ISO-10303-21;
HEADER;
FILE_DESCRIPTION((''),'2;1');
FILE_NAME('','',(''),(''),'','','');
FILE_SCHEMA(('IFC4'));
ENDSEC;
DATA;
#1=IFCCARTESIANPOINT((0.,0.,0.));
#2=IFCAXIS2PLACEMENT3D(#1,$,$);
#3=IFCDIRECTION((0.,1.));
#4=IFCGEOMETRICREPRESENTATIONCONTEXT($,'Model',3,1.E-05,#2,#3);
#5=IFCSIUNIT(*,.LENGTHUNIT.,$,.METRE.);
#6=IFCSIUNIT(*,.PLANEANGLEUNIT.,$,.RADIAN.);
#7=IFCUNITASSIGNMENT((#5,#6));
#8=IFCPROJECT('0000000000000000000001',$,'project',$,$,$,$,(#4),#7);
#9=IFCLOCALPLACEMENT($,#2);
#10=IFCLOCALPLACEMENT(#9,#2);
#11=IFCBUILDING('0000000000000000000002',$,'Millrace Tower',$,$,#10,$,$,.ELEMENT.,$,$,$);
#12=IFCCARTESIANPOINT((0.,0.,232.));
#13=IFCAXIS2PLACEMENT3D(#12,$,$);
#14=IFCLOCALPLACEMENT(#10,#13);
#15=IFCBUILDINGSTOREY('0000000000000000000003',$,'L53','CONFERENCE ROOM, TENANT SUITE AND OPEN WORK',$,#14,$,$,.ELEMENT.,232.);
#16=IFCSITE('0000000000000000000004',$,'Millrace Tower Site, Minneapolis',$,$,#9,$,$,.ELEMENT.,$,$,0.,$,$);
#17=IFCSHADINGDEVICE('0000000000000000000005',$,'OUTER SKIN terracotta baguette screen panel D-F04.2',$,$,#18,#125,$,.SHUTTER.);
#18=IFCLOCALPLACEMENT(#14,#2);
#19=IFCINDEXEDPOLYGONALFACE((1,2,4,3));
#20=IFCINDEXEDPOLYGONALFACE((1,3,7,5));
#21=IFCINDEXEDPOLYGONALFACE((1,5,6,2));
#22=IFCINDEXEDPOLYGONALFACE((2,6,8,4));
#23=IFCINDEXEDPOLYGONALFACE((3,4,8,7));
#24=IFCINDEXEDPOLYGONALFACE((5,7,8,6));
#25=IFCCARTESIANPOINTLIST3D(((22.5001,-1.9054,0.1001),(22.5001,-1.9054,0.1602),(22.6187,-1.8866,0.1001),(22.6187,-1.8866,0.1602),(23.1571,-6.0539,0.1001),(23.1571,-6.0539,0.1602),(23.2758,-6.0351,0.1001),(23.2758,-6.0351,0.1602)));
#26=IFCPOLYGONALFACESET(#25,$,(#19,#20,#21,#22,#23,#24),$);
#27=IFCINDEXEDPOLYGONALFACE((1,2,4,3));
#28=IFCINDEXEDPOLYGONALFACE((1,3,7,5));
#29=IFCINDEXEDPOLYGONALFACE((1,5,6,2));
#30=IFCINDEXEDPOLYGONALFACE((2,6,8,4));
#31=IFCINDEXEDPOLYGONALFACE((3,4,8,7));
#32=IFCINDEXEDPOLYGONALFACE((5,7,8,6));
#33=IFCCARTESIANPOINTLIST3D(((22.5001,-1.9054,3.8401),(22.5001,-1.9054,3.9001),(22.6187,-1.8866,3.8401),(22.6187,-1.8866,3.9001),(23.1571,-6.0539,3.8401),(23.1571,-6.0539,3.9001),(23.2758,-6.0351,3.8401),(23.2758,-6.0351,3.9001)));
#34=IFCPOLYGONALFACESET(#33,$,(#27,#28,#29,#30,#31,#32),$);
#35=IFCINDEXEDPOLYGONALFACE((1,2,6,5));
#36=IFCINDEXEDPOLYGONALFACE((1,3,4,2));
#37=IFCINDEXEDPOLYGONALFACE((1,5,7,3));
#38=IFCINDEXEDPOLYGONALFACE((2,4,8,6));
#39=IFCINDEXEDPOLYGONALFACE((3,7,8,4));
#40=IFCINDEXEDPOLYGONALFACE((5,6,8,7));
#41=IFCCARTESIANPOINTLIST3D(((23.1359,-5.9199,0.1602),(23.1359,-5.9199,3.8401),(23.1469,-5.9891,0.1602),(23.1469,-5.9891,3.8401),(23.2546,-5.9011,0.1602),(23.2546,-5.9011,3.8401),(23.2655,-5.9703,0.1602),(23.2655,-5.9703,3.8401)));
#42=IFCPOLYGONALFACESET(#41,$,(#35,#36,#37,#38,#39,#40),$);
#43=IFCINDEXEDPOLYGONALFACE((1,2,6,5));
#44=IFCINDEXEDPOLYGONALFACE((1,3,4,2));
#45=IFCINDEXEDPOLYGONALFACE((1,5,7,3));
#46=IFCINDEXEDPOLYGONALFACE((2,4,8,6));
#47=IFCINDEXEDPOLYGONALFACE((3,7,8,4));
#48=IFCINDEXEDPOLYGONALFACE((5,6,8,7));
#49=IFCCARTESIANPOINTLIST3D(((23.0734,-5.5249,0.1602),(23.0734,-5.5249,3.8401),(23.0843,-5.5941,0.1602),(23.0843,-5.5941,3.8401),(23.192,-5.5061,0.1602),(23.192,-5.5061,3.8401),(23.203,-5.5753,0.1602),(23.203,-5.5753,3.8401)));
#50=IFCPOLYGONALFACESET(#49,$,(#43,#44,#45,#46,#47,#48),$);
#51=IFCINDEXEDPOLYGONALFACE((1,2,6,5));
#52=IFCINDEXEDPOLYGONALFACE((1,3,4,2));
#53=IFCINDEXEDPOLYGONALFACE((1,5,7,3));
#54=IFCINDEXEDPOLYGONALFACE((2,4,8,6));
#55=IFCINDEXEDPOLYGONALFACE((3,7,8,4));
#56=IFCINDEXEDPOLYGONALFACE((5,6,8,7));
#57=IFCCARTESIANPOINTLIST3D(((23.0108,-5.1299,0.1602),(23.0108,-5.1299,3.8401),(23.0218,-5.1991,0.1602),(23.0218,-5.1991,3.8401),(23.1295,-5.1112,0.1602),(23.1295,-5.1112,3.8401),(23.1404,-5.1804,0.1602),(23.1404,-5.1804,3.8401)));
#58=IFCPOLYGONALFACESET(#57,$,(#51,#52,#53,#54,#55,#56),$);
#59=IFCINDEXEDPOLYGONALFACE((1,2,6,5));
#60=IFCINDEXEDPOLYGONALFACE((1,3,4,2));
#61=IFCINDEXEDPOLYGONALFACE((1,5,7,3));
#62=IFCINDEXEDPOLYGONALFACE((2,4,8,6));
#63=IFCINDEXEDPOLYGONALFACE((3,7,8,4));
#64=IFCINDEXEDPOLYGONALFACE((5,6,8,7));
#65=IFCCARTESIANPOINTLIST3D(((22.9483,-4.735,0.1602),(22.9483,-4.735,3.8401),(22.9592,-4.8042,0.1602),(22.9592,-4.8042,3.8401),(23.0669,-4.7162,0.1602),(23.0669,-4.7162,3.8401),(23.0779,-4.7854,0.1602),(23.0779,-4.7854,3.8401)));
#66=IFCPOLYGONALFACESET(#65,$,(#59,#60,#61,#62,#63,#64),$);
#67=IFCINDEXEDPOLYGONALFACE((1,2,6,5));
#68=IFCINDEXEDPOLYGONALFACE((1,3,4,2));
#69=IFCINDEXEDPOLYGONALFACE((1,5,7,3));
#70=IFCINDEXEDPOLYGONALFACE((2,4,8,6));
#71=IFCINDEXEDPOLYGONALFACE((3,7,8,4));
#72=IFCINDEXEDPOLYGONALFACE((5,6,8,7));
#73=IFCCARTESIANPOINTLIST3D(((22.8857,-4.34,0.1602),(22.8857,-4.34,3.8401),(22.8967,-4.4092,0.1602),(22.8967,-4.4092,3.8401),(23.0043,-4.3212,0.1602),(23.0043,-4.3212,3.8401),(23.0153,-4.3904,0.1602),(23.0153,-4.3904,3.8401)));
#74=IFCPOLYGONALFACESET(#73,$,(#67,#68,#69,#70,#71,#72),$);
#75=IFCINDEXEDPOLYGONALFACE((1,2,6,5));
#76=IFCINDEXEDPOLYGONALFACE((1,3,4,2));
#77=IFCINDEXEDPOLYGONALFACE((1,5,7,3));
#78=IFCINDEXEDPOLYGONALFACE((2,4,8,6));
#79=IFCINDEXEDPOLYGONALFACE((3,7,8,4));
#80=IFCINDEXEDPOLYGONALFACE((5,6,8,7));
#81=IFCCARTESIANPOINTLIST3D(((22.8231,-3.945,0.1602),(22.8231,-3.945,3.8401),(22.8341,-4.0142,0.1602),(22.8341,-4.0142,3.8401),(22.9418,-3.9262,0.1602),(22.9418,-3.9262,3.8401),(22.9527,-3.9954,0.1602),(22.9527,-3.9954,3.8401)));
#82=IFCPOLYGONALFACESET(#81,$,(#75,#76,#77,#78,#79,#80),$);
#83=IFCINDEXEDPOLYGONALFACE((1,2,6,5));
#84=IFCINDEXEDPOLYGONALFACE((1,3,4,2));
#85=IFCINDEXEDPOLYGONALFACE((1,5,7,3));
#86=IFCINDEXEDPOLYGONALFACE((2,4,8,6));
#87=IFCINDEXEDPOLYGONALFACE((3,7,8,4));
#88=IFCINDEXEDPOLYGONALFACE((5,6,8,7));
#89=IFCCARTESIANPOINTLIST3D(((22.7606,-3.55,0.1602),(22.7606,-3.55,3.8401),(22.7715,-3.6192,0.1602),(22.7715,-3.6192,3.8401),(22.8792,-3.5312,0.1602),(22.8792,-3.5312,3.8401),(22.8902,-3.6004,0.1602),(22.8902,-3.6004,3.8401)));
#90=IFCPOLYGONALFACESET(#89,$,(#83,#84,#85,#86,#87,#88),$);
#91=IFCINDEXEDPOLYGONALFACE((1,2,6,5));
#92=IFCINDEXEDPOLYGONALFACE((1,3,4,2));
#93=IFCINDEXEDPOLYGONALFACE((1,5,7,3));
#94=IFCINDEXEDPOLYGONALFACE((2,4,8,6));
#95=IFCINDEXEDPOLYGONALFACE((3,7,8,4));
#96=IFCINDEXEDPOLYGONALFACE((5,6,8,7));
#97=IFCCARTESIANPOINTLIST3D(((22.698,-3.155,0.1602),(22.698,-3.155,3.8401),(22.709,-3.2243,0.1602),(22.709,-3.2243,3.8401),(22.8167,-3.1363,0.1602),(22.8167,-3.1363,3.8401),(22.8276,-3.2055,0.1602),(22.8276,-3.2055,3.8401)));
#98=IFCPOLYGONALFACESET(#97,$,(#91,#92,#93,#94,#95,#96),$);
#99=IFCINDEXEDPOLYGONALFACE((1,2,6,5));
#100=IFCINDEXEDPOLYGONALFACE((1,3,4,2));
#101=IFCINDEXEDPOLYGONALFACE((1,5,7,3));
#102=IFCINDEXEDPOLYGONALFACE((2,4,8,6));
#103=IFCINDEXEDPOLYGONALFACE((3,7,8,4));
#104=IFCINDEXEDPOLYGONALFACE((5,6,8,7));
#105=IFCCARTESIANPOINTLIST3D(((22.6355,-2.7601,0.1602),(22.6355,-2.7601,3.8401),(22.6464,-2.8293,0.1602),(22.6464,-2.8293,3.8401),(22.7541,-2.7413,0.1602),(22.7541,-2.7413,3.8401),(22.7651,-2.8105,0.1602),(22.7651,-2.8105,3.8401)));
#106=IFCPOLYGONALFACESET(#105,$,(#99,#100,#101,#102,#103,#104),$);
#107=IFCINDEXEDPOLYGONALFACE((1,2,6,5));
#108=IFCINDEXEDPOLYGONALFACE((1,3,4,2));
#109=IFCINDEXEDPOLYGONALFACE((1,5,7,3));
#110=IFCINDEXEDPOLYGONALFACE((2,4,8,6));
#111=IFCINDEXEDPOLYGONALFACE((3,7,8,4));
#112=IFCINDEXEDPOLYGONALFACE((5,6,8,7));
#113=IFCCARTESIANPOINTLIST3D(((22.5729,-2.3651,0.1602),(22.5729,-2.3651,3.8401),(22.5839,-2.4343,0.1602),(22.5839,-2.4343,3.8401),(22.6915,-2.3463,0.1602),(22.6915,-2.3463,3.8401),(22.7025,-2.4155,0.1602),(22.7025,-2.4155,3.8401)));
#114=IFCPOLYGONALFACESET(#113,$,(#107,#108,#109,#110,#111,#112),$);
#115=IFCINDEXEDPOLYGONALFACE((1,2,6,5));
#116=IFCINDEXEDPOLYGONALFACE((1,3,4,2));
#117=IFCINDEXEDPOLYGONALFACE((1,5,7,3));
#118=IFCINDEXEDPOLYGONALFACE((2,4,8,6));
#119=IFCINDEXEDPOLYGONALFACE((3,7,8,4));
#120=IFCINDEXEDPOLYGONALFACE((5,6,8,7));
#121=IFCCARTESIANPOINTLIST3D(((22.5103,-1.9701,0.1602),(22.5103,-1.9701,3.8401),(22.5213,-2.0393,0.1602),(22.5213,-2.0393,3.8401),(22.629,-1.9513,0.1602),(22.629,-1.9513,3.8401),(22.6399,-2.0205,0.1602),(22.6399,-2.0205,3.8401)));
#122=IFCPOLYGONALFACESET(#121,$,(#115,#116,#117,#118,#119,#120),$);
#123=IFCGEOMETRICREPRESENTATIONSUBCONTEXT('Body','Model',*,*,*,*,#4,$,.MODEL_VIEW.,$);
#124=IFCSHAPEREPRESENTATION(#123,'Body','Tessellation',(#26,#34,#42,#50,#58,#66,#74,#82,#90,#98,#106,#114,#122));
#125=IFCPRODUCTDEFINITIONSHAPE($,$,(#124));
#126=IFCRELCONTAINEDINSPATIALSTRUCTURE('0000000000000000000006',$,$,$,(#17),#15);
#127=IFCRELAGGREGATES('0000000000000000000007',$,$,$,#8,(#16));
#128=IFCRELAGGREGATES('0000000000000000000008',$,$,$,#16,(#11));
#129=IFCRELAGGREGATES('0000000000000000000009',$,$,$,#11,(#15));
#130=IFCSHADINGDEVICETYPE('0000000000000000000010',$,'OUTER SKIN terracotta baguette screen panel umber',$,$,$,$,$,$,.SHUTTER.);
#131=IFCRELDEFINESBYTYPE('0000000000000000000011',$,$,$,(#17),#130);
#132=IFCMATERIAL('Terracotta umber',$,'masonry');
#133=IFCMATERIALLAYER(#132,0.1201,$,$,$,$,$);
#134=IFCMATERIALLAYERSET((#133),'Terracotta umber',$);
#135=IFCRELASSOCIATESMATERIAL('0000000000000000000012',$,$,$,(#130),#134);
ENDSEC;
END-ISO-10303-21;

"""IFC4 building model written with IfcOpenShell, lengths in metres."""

from ifc_helpers import new_model, entity, si_unit, direction, frame, frame_2d, origin, origin_2d, place, context, subcontext, project, spatial, rectangle, extrude, source, transform, mapped, material, layer, layer_set, type_object, element, save


model = new_model("IFC4")

# Units and contexts
model_context = context("Model", 3, precision=1e-05, world=origin(), true_north=direction((0.0, 1.0)))
body_context = subcontext(model_context, "Body", "Model", "MODEL_VIEW")
ifc_project = project(units=[si_unit("LENGTHUNIT", "METRE"), si_unit("PLANEANGLEUNIT", "RADIAN")], contexts=[model_context])

# Site, building, storey
site_placement = place(None, origin())
site = spatial("IfcSite", under=ifc_project, at=site_placement, Name="Millrace Tower Site, Minneapolis", CompositionType="ELEMENT", RefElevation=0.0)
building_placement = place(site_placement, origin())
building = spatial("IfcBuilding", under=site, at=building_placement, Name="Millrace Tower", CompositionType="ELEMENT")
storey_placement = place(building_placement, frame((0.0, 0.0, 232.0)))
storey = spatial("IfcBuildingStorey", under=building, at=storey_placement, Name="L53", Description="CONFERENCE ROOM, TENANT SUITE AND OPEN WORK", CompositionType="ELEMENT", Elevation=232.0)

# Shading device
ifc_material_1 = material(Name="Terracotta umber", Category="masonry")
ifc_layer_1 = layer(ifc_material_1, 0.1201)
ifc_layer_set_1 = layer_set([ifc_layer_1], Name="Terracotta umber")
shading_device_type = type_object("IfcShadingDeviceType", Name="OUTER SKIN terracotta baguette screen panel umber", PredefinedType="SHUTTER", material=ifc_layer_set_1)
cartesian_point_1 = entity("IfcCartesianPoint", [-2.1001, 0.0601])
shared_polyline_1 = entity("IfcPolyline", [cartesian_point_1, entity("IfcCartesianPoint", [2.1001, 0.0601]), entity("IfcCartesianPoint", [2.1001, -0.0601]), entity("IfcCartesianPoint", [-2.1001, -0.0601]), cartesian_point_1])
shared_shape_1 = source(origin(), body_context, "Body", "SweptSolid", [
    entity("IfcExtrudedAreaSolid", entity("IfcArbitraryClosedProfileDef", "AREA", None, shared_polyline_1), entity("IfcAxis2Placement3D", entity("IfcCartesianPoint", [0.0, 0.0, 0.0])), entity("IfcDirection", [0.0, 0.0, 1.0]), 0.0601),
    entity("IfcExtrudedAreaSolid", entity("IfcArbitraryClosedProfileDef", "AREA", None, shared_polyline_1), entity("IfcAxis2Placement3D", entity("IfcCartesianPoint", [0.0, 0.0, 3.74])), entity("IfcDirection", [0.0, 0.0, 1.0]), 0.0601),
    extrude(rectangle(XDim=0.0701, YDim=0.1201, at=frame_2d((-1.9995, 0.0))), frame((0.0, 0.0, 0.0601)), (0.0, 0.0, 1.0), 3.6799),
    extrude(rectangle(XDim=0.0701, YDim=0.1201, at=frame_2d((-1.5996, 0.0))), frame((0.0, 0.0, 0.0601)), (0.0, 0.0, 1.0), 3.6799),
    extrude(rectangle(XDim=0.0701, YDim=0.1201, at=frame_2d((-1.1997, 0.0))), frame((0.0, 0.0, 0.0601)), (0.0, 0.0, 1.0), 3.6799),
    extrude(rectangle(XDim=0.0701, YDim=0.1201, at=frame_2d((-0.7998, 0.0))), frame((0.0, 0.0, 0.0601)), (0.0, 0.0, 1.0), 3.6799),
    extrude(rectangle(XDim=0.0701, YDim=0.1201, at=frame_2d((-0.3999, 0.0))), frame((0.0, 0.0, 0.0601)), (0.0, 0.0, 1.0), 3.6799),
    extrude(rectangle(XDim=0.0701, YDim=0.1201, at=origin_2d()), frame((0.0, 0.0, 0.0601)), (0.0, 0.0, 1.0), 3.6799),
    extrude(rectangle(XDim=0.0701, YDim=0.1201, at=frame_2d((0.3999, 0.0))), frame((0.0, 0.0, 0.0601)), (0.0, 0.0, 1.0), 3.6799),
    extrude(rectangle(XDim=0.0701, YDim=0.1201, at=frame_2d((0.7998, 0.0))), frame((0.0, 0.0, 0.0601)), (0.0, 0.0, 1.0), 3.6799),
    extrude(rectangle(XDim=0.0701, YDim=0.1201, at=frame_2d((1.1997, 0.0))), frame((0.0, 0.0, 0.0601)), (0.0, 0.0, 1.0), 3.6799),
    extrude(rectangle(XDim=0.0701, YDim=0.1201, at=frame_2d((1.5996, 0.0))), frame((0.0, 0.0, 0.0601)), (0.0, 0.0, 1.0), 3.6799),
    extrude(rectangle(XDim=0.0701, YDim=0.1201, at=frame_2d((1.9995, 0.0))), frame((0.0, 0.0, 0.0601)), (0.0, 0.0, 1.0), 3.6799),
])
shading_device_1_placement = place(storey_placement, frame((22.8879, -3.9702, 0.1001), z_axis=(0.0, 0.0, 1.0), x_axis=(-0.156434, 0.987688, 0.0)))
element("IfcShadingDevice", 1, at=shading_device_1_placement, inside=storey, type_object=shading_device_type, Name="OUTER SKIN terracotta baguette screen panel D-F04.2", PredefinedType="SHUTTER", context=body_context, shape_type="MappedRepresentation", body=[
    mapped(shared_shape_1, transform((0.0, 0.0, 0.0), scale=1.0)),
])

save(model, "model.ifc")
